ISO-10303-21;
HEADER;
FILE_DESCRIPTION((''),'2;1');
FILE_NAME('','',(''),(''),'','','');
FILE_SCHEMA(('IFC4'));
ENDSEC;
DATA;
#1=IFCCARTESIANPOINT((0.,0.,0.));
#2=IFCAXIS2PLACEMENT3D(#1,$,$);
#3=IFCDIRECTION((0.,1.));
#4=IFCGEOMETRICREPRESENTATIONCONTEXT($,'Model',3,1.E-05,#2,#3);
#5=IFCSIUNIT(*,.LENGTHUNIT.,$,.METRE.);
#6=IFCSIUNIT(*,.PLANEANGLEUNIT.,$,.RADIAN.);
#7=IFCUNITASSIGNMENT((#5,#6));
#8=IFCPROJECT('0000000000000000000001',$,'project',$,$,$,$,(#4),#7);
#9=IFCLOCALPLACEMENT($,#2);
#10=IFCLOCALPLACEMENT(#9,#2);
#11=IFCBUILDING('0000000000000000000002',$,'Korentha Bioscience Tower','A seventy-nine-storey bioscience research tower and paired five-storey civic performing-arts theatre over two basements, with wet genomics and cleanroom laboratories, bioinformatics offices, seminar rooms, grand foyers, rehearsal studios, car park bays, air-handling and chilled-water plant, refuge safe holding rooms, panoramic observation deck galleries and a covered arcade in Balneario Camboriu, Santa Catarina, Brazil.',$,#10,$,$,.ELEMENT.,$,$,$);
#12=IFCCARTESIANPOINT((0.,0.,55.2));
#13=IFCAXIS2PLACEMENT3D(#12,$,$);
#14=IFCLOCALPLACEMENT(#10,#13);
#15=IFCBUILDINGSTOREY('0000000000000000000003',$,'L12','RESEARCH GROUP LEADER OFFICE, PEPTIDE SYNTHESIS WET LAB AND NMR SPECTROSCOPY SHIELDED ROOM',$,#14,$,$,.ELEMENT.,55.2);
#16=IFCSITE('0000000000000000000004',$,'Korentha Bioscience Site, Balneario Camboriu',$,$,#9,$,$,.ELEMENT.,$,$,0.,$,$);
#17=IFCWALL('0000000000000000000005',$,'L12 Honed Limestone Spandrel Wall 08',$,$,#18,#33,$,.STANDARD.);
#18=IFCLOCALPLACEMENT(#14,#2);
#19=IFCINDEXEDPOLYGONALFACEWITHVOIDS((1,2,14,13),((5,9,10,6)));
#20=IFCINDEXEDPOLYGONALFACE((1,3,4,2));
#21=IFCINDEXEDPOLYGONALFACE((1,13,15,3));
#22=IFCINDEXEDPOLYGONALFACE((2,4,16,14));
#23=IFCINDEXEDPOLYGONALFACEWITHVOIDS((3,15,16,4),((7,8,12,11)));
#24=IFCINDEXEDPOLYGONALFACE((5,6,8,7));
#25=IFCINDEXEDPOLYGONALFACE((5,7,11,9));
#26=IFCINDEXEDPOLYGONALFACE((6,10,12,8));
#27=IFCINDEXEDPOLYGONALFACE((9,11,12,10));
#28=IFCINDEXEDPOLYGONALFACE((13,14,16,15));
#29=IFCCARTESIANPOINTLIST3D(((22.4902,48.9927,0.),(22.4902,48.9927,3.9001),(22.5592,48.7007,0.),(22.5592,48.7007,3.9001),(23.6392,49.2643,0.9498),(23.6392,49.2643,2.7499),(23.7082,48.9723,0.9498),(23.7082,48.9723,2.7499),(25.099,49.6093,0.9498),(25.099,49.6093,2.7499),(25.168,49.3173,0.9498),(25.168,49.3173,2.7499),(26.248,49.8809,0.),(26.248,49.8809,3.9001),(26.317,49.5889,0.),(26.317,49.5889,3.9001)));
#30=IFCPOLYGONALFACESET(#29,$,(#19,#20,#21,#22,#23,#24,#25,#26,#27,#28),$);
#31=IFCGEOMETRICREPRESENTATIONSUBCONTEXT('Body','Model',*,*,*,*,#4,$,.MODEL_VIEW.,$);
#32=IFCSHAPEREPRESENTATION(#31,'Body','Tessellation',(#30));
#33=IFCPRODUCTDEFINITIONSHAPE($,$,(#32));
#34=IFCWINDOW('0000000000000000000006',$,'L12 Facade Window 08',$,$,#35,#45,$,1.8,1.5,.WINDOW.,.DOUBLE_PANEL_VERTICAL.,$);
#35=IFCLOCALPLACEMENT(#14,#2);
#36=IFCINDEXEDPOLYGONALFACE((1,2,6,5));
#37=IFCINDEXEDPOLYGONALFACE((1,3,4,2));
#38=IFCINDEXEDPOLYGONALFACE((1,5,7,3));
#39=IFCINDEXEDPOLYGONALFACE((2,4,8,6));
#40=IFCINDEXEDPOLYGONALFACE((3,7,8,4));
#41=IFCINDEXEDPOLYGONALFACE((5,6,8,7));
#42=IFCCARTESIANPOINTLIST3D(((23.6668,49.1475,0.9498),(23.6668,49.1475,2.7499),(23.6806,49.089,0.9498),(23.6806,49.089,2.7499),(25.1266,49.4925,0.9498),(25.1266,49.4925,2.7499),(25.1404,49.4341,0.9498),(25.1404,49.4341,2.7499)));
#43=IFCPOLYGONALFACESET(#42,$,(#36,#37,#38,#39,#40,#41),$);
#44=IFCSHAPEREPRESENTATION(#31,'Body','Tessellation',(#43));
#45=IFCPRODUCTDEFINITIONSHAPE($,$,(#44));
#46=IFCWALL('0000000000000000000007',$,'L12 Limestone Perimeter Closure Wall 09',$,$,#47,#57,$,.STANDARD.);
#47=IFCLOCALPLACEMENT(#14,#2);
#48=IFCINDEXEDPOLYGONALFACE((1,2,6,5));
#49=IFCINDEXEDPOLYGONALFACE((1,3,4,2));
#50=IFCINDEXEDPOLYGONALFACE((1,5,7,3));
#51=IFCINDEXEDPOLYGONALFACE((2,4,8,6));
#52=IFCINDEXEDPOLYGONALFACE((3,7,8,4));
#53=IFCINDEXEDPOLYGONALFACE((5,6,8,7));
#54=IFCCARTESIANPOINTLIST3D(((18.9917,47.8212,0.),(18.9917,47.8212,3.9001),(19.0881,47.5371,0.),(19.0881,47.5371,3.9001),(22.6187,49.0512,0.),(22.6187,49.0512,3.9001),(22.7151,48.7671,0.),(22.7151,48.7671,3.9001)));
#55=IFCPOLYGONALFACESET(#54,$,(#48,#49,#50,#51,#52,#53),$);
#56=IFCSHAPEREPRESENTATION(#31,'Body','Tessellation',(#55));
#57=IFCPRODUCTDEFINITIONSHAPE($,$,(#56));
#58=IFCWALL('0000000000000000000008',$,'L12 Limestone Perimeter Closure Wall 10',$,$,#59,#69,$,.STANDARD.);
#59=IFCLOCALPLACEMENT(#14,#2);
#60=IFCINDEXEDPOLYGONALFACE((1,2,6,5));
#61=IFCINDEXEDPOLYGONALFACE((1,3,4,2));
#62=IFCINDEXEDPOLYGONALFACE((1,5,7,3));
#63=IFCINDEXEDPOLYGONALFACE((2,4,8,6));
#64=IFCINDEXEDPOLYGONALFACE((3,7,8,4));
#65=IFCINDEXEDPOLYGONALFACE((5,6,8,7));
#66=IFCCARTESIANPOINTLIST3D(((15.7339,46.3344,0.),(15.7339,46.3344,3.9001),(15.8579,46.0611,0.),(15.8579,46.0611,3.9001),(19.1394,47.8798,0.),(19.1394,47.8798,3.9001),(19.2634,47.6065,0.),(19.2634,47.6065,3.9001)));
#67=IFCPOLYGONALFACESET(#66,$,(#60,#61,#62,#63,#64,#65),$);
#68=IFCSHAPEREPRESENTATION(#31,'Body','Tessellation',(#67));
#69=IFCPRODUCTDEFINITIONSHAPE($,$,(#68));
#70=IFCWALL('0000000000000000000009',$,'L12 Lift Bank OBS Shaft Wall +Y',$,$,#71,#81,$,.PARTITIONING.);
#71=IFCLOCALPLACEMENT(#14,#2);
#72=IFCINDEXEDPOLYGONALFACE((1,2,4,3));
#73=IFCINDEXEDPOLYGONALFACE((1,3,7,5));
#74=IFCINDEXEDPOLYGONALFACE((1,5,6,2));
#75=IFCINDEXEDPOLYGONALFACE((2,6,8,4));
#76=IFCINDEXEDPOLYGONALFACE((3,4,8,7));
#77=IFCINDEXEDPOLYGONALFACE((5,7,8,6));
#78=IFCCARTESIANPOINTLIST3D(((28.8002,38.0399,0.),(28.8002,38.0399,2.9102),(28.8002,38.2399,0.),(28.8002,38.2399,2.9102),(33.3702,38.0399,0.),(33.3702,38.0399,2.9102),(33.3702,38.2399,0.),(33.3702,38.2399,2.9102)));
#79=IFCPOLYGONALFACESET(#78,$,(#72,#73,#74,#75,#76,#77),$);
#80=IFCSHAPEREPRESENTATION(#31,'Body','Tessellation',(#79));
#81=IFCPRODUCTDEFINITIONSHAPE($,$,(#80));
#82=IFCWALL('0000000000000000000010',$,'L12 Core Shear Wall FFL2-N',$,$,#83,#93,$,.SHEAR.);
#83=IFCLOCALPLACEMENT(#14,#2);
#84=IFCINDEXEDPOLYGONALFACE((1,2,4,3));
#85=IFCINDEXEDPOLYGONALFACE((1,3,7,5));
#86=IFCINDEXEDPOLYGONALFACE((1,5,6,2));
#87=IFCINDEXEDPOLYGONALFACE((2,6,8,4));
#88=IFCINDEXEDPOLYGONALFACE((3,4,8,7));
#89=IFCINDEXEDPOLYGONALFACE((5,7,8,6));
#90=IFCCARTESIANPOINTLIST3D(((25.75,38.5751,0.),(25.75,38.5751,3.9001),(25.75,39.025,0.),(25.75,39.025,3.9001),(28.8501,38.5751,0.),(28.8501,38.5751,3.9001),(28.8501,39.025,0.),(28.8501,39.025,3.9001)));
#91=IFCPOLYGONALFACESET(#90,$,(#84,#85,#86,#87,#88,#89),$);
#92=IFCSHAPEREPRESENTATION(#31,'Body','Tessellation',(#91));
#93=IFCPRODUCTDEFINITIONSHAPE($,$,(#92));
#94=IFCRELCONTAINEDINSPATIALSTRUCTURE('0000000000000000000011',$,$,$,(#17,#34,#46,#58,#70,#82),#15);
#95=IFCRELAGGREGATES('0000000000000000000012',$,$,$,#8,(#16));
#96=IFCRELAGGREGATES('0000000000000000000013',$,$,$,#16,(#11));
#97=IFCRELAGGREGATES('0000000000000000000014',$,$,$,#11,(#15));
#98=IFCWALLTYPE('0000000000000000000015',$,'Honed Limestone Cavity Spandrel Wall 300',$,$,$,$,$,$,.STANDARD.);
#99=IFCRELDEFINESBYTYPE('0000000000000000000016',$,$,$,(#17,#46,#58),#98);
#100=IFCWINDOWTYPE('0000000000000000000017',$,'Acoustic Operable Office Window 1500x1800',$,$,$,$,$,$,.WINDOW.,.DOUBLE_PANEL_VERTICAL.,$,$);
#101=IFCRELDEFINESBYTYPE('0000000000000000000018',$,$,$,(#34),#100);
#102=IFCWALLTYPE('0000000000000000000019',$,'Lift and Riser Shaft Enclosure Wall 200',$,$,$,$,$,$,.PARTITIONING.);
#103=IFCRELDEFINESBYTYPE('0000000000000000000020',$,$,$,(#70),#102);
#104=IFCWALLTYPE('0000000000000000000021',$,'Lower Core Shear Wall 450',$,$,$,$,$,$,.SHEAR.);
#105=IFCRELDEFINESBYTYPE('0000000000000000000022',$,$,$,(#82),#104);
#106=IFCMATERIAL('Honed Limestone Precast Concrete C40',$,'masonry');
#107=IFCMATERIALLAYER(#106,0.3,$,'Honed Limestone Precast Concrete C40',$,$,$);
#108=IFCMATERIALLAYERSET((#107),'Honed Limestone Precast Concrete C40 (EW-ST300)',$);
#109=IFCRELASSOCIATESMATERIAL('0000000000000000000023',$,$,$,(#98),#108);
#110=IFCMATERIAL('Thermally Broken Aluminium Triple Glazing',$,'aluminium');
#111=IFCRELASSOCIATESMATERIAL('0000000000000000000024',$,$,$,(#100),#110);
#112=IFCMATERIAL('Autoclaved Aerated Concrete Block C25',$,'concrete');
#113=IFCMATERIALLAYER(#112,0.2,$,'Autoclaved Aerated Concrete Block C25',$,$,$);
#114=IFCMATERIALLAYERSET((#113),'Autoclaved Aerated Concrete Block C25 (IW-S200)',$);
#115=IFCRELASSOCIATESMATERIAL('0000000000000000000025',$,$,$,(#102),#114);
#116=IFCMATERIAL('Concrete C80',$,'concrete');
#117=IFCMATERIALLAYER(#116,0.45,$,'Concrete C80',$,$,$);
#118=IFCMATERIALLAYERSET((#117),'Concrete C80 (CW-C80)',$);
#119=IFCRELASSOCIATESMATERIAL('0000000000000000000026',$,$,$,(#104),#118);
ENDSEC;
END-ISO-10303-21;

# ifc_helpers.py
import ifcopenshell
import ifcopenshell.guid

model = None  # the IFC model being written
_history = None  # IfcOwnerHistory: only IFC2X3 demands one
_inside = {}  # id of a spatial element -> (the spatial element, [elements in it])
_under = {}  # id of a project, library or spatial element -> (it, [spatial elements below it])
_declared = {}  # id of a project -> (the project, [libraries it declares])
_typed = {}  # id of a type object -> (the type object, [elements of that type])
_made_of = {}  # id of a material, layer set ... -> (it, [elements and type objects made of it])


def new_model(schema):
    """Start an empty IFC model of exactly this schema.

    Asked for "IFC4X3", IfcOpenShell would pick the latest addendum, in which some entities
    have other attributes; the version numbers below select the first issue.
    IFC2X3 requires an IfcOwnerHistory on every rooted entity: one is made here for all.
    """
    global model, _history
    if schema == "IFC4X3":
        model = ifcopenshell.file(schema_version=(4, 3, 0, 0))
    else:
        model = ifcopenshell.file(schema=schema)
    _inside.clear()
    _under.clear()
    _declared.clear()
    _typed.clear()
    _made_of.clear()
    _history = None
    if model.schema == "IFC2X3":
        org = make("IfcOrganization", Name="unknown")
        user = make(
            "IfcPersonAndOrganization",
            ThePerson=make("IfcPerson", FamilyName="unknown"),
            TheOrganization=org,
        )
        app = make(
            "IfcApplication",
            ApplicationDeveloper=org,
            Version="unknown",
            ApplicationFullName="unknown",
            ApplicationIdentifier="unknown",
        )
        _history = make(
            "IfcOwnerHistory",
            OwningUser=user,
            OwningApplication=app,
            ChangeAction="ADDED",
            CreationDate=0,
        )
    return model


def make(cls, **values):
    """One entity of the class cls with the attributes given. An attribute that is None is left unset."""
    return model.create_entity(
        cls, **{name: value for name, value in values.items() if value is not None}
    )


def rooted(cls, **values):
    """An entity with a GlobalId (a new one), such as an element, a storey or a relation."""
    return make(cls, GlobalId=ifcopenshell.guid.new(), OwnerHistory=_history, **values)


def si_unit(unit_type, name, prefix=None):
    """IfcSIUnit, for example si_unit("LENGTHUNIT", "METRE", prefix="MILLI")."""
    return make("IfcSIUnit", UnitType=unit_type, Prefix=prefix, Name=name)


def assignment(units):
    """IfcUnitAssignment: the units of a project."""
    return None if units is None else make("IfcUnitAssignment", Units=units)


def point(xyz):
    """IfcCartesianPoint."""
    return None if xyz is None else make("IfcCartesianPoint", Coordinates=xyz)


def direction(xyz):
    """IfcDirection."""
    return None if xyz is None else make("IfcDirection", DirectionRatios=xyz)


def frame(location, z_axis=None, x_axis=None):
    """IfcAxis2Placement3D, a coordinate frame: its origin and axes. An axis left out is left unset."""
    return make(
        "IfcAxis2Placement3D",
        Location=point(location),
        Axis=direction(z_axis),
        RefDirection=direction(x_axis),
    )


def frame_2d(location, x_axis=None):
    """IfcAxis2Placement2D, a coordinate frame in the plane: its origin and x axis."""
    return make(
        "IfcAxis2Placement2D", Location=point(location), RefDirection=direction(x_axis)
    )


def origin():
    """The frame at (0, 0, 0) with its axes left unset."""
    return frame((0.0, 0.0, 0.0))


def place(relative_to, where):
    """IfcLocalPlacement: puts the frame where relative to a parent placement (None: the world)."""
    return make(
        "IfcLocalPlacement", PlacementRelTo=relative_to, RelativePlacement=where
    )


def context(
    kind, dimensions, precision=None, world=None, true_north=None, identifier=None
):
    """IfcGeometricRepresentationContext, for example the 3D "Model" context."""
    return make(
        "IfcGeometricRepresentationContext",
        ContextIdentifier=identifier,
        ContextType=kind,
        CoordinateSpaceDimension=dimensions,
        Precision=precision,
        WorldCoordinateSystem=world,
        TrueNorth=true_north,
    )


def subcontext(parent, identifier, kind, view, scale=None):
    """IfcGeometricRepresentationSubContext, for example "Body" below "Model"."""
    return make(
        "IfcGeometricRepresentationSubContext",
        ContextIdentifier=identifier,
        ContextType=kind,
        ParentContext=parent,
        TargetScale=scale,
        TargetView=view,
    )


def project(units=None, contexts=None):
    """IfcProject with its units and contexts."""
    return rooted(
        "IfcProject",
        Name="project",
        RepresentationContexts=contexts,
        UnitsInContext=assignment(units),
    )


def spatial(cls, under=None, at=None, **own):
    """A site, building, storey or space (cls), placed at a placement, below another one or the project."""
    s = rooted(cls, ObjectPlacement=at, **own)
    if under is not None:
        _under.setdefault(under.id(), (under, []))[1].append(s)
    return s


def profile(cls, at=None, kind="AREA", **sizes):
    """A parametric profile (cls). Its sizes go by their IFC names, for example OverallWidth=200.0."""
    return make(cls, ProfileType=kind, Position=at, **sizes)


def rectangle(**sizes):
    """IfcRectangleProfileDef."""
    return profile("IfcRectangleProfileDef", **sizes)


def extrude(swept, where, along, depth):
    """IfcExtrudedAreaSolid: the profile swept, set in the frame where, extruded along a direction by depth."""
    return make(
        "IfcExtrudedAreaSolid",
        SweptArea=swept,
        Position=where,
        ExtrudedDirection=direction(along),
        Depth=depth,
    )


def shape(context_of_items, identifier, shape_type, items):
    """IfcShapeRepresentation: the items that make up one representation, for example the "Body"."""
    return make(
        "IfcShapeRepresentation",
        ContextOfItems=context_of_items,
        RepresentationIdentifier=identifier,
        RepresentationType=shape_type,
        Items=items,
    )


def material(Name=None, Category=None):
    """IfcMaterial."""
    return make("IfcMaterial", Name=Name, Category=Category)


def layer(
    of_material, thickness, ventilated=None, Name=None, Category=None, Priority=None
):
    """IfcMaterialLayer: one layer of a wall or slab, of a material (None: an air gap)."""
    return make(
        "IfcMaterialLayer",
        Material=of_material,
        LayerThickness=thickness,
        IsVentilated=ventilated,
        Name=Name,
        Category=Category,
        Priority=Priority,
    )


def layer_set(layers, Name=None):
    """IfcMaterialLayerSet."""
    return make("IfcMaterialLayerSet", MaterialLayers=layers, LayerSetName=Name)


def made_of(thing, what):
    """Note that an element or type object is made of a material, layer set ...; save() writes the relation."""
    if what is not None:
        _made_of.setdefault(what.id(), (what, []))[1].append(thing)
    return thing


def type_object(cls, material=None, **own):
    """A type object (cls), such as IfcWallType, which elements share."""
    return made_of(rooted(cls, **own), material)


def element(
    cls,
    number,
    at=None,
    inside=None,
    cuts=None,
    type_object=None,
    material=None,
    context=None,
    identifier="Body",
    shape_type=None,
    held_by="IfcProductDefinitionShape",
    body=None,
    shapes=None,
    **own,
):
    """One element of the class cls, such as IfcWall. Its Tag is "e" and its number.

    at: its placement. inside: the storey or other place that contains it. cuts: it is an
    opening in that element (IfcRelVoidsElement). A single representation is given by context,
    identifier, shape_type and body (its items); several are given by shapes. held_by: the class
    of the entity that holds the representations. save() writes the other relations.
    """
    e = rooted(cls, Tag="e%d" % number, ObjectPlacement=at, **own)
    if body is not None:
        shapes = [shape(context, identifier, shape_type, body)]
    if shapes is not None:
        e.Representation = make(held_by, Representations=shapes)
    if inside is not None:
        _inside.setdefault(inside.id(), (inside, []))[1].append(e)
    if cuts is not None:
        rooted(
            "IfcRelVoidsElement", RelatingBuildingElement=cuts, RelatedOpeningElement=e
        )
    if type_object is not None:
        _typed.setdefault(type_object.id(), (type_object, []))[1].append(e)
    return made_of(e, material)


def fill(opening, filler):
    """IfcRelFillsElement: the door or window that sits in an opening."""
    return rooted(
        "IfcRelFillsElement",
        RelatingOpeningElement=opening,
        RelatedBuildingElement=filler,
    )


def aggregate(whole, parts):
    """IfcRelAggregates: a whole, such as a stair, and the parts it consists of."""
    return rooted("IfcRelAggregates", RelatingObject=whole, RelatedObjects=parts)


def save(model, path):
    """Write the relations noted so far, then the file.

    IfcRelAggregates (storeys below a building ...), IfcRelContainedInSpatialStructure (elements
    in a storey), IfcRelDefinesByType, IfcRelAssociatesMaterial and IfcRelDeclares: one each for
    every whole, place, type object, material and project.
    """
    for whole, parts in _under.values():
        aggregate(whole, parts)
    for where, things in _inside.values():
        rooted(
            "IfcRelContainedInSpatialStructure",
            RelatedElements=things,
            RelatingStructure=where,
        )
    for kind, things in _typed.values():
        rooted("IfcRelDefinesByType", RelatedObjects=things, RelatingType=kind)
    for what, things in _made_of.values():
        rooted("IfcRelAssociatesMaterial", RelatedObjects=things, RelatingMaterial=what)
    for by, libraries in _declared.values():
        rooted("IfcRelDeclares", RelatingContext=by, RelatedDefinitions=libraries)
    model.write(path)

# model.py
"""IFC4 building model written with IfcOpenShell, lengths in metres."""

from ifc_helpers import new_model, si_unit, direction, frame, frame_2d, origin, place, context, subcontext, project, spatial, rectangle, extrude, material, layer, layer_set, type_object, element, fill, save


model = new_model("IFC4")

# Units and contexts
model_context = context("Model", 3, precision=1e-05, world=origin(), true_north=direction((0.0, 1.0)))
body_context = subcontext(model_context, "Body", "Model", "MODEL_VIEW")
ifc_project = project(units=[si_unit("LENGTHUNIT", "METRE"), si_unit("PLANEANGLEUNIT", "RADIAN")], contexts=[model_context])

# Site, building, storey
site_placement = place(None, origin())
site = spatial("IfcSite", under=ifc_project, at=site_placement, Name="Korentha Bioscience Site, Balneario Camboriu", CompositionType="ELEMENT", RefElevation=0.0)
building_placement = place(site_placement, origin())
building = spatial("IfcBuilding", under=site, at=building_placement, Name="Korentha Bioscience Tower", Description="A seventy-nine-storey bioscience research tower and paired five-storey civic performing-arts theatre over two basements, with wet genomics and cleanroom laboratories, bioinformatics offices, seminar rooms, grand foyers, rehearsal studios, car park bays, air-handling and chilled-water plant, refuge safe holding rooms, panoramic observation deck galleries and a covered arcade in Balneario Camboriu, Santa Catarina, Brazil.", CompositionType="ELEMENT")
storey_placement = place(building_placement, frame((0.0, 0.0, 55.2)))
storey = spatial("IfcBuildingStorey", under=building, at=storey_placement, Name="L12", Description="RESEARCH GROUP LEADER OFFICE, PEPTIDE SYNTHESIS WET LAB AND NMR SPECTROSCOPY SHIELDED ROOM", CompositionType="ELEMENT", Elevation=55.2)

# Shared definitions
ifc_material_1 = material(Name="Concrete C80", Category="concrete")

# Wall, opening, window
ifc_material_2 = material(Name="Honed Limestone Precast Concrete C40", Category="masonry")
ifc_layer_1 = layer(ifc_material_2, 0.3, Name="Honed Limestone Precast Concrete C40")
ifc_layer_set_1 = layer_set([ifc_layer_1], Name="Honed Limestone Precast Concrete C40 (EW-ST300)")
wall_type_1 = type_object("IfcWallType", Name="Honed Limestone Cavity Spandrel Wall 300", PredefinedType="STANDARD", material=ifc_layer_set_1)
wall_1_placement = place(storey_placement, frame((26.2825, 49.7349, 0.0), z_axis=(0.0, 0.0, 1.0), x_axis=(-0.973186, -0.230019, 0.0)))
wall_1 = element("IfcWall", 1, at=wall_1_placement, inside=storey, type_object=wall_type_1, Name="L12 Honed Limestone Spandrel Wall 08", PredefinedType="STANDARD", context=body_context, shape_type="SweptSolid", body=[
    extrude(rectangle(XDim=3.8613, YDim=0.3, at=frame_2d((1.9307, 0.0))), origin(), (0.0, 0.0, 1.0), 3.9001),
])
opening_placement = place(wall_1_placement, frame((1.1807, 0.0, 0.95)))
opening = element("IfcOpeningElement", 2, at=opening_placement, cuts=wall_1, PredefinedType="OPENING", context=body_context, shape_type="SweptSolid", body=[
    extrude(rectangle(XDim=1.5, YDim=1.8, at=frame_2d((0.75, 0.8999))), frame((0.0, 0.165, 0.0), z_axis=(0.0, -1.0, 0.0), x_axis=(1.0, 0.0, 0.0)), (0.0, 0.0, 1.0), 0.3298),
])
ifc_material_3 = material(Name="Thermally Broken Aluminium Triple Glazing", Category="aluminium")
window_type = type_object("IfcWindowType", Name="Acoustic Operable Office Window 1500x1800", PartitioningType="DOUBLE_PANEL_VERTICAL", PredefinedType="WINDOW", material=ifc_material_3)
window_placement = place(opening_placement, origin())
window = element("IfcWindow", 3, at=window_placement, inside=storey, type_object=window_type, Name="L12 Facade Window 08", OverallHeight=1.8, OverallWidth=1.5, PartitioningType="DOUBLE_PANEL_VERTICAL", PredefinedType="WINDOW", context=body_context, shape_type="SweptSolid", body=[
    extrude(rectangle(XDim=1.5, YDim=1.8, at=frame_2d((0.75, 0.8999))), frame((0.0, 0.03, 0.0), z_axis=(0.0, -1.0, 0.0), x_axis=(1.0, 0.0, 0.0)), (0.0, 0.0, 1.0), 0.0601),
])
fill(opening, window)

# Walls
wall_2_placement = place(storey_placement, frame((22.667, 48.9092, 0.0), z_axis=(0.0, 0.0, 1.0), x_axis=(-0.947026, -0.321158, 0.0)))
element("IfcWall", 4, at=wall_2_placement, inside=storey, type_object=wall_type_1, Name="L12 Limestone Perimeter Closure Wall 09", PredefinedType="STANDARD", context=body_context, shape_type="SweptSolid", body=[
    extrude(rectangle(XDim=3.8298, YDim=0.3, at=frame_2d((1.915, 0.0))), origin(), (0.0, 0.0, 1.0), 3.9001),
])
wall_3_placement = place(storey_placement, frame((19.2014, 47.7432, 0.0), z_axis=(0.0, 0.0, 1.0), x_axis=(-0.910623, -0.413237, 0.0)))
element("IfcWall", 5, at=wall_3_placement, inside=storey, type_object=wall_type_1, Name="L12 Limestone Perimeter Closure Wall 10", PredefinedType="STANDARD", context=body_context, shape_type="SweptSolid", body=[
    extrude(rectangle(XDim=3.7397, YDim=0.3, at=frame_2d((1.8699, 0.0))), origin(), (0.0, 0.0, 1.0), 3.9001),
])
ifc_material_4 = material(Name="Autoclaved Aerated Concrete Block C25", Category="concrete")
ifc_layer_2 = layer(ifc_material_4, 0.2, Name="Autoclaved Aerated Concrete Block C25")
ifc_layer_set_2 = layer_set([ifc_layer_2], Name="Autoclaved Aerated Concrete Block C25 (IW-S200)")
wall_type_2 = type_object("IfcWallType", Name="Lift and Riser Shaft Enclosure Wall 200", PredefinedType="PARTITIONING", material=ifc_layer_set_2)
wall_4_placement = place(storey_placement, frame((28.8, 38.1399, 0.0), z_axis=(0.0, 0.0, 1.0), x_axis=(1.0, 0.0, 0.0)))
element("IfcWall", 6, at=wall_4_placement, inside=storey, type_object=wall_type_2, Name="L12 Lift Bank OBS Shaft Wall +Y", PredefinedType="PARTITIONING", context=body_context, shape_type="SweptSolid", body=[
    extrude(rectangle(XDim=4.5701, YDim=0.2, at=frame_2d((2.2852, 0.0))), origin(), (0.0, 0.0, 1.0), 2.9102),
])
ifc_layer_3 = layer(ifc_material_1, 0.45, Name="Concrete C80")
ifc_layer_set_3 = layer_set([ifc_layer_3], Name="Concrete C80 (CW-C80)")
wall_type_3 = type_object("IfcWallType", Name="Lower Core Shear Wall 450", PredefinedType="SHEAR", material=ifc_layer_set_3)
wall_5_placement = place(storey_placement, frame((25.75, 38.8, 0.0), z_axis=(0.0, 0.0, 1.0), x_axis=(1.0, 0.0, 0.0)))
element("IfcWall", 7, at=wall_5_placement, inside=storey, type_object=wall_type_3, Name="L12 Core Shear Wall FFL2-N", PredefinedType="SHEAR", context=body_context, shape_type="SweptSolid", body=[
    extrude(rectangle(XDim=3.1001, YDim=0.45, at=frame_2d((1.55, 0.0))), origin(), (0.0, 0.0, 1.0), 3.9001),
])

save(model, "model.ifc")
